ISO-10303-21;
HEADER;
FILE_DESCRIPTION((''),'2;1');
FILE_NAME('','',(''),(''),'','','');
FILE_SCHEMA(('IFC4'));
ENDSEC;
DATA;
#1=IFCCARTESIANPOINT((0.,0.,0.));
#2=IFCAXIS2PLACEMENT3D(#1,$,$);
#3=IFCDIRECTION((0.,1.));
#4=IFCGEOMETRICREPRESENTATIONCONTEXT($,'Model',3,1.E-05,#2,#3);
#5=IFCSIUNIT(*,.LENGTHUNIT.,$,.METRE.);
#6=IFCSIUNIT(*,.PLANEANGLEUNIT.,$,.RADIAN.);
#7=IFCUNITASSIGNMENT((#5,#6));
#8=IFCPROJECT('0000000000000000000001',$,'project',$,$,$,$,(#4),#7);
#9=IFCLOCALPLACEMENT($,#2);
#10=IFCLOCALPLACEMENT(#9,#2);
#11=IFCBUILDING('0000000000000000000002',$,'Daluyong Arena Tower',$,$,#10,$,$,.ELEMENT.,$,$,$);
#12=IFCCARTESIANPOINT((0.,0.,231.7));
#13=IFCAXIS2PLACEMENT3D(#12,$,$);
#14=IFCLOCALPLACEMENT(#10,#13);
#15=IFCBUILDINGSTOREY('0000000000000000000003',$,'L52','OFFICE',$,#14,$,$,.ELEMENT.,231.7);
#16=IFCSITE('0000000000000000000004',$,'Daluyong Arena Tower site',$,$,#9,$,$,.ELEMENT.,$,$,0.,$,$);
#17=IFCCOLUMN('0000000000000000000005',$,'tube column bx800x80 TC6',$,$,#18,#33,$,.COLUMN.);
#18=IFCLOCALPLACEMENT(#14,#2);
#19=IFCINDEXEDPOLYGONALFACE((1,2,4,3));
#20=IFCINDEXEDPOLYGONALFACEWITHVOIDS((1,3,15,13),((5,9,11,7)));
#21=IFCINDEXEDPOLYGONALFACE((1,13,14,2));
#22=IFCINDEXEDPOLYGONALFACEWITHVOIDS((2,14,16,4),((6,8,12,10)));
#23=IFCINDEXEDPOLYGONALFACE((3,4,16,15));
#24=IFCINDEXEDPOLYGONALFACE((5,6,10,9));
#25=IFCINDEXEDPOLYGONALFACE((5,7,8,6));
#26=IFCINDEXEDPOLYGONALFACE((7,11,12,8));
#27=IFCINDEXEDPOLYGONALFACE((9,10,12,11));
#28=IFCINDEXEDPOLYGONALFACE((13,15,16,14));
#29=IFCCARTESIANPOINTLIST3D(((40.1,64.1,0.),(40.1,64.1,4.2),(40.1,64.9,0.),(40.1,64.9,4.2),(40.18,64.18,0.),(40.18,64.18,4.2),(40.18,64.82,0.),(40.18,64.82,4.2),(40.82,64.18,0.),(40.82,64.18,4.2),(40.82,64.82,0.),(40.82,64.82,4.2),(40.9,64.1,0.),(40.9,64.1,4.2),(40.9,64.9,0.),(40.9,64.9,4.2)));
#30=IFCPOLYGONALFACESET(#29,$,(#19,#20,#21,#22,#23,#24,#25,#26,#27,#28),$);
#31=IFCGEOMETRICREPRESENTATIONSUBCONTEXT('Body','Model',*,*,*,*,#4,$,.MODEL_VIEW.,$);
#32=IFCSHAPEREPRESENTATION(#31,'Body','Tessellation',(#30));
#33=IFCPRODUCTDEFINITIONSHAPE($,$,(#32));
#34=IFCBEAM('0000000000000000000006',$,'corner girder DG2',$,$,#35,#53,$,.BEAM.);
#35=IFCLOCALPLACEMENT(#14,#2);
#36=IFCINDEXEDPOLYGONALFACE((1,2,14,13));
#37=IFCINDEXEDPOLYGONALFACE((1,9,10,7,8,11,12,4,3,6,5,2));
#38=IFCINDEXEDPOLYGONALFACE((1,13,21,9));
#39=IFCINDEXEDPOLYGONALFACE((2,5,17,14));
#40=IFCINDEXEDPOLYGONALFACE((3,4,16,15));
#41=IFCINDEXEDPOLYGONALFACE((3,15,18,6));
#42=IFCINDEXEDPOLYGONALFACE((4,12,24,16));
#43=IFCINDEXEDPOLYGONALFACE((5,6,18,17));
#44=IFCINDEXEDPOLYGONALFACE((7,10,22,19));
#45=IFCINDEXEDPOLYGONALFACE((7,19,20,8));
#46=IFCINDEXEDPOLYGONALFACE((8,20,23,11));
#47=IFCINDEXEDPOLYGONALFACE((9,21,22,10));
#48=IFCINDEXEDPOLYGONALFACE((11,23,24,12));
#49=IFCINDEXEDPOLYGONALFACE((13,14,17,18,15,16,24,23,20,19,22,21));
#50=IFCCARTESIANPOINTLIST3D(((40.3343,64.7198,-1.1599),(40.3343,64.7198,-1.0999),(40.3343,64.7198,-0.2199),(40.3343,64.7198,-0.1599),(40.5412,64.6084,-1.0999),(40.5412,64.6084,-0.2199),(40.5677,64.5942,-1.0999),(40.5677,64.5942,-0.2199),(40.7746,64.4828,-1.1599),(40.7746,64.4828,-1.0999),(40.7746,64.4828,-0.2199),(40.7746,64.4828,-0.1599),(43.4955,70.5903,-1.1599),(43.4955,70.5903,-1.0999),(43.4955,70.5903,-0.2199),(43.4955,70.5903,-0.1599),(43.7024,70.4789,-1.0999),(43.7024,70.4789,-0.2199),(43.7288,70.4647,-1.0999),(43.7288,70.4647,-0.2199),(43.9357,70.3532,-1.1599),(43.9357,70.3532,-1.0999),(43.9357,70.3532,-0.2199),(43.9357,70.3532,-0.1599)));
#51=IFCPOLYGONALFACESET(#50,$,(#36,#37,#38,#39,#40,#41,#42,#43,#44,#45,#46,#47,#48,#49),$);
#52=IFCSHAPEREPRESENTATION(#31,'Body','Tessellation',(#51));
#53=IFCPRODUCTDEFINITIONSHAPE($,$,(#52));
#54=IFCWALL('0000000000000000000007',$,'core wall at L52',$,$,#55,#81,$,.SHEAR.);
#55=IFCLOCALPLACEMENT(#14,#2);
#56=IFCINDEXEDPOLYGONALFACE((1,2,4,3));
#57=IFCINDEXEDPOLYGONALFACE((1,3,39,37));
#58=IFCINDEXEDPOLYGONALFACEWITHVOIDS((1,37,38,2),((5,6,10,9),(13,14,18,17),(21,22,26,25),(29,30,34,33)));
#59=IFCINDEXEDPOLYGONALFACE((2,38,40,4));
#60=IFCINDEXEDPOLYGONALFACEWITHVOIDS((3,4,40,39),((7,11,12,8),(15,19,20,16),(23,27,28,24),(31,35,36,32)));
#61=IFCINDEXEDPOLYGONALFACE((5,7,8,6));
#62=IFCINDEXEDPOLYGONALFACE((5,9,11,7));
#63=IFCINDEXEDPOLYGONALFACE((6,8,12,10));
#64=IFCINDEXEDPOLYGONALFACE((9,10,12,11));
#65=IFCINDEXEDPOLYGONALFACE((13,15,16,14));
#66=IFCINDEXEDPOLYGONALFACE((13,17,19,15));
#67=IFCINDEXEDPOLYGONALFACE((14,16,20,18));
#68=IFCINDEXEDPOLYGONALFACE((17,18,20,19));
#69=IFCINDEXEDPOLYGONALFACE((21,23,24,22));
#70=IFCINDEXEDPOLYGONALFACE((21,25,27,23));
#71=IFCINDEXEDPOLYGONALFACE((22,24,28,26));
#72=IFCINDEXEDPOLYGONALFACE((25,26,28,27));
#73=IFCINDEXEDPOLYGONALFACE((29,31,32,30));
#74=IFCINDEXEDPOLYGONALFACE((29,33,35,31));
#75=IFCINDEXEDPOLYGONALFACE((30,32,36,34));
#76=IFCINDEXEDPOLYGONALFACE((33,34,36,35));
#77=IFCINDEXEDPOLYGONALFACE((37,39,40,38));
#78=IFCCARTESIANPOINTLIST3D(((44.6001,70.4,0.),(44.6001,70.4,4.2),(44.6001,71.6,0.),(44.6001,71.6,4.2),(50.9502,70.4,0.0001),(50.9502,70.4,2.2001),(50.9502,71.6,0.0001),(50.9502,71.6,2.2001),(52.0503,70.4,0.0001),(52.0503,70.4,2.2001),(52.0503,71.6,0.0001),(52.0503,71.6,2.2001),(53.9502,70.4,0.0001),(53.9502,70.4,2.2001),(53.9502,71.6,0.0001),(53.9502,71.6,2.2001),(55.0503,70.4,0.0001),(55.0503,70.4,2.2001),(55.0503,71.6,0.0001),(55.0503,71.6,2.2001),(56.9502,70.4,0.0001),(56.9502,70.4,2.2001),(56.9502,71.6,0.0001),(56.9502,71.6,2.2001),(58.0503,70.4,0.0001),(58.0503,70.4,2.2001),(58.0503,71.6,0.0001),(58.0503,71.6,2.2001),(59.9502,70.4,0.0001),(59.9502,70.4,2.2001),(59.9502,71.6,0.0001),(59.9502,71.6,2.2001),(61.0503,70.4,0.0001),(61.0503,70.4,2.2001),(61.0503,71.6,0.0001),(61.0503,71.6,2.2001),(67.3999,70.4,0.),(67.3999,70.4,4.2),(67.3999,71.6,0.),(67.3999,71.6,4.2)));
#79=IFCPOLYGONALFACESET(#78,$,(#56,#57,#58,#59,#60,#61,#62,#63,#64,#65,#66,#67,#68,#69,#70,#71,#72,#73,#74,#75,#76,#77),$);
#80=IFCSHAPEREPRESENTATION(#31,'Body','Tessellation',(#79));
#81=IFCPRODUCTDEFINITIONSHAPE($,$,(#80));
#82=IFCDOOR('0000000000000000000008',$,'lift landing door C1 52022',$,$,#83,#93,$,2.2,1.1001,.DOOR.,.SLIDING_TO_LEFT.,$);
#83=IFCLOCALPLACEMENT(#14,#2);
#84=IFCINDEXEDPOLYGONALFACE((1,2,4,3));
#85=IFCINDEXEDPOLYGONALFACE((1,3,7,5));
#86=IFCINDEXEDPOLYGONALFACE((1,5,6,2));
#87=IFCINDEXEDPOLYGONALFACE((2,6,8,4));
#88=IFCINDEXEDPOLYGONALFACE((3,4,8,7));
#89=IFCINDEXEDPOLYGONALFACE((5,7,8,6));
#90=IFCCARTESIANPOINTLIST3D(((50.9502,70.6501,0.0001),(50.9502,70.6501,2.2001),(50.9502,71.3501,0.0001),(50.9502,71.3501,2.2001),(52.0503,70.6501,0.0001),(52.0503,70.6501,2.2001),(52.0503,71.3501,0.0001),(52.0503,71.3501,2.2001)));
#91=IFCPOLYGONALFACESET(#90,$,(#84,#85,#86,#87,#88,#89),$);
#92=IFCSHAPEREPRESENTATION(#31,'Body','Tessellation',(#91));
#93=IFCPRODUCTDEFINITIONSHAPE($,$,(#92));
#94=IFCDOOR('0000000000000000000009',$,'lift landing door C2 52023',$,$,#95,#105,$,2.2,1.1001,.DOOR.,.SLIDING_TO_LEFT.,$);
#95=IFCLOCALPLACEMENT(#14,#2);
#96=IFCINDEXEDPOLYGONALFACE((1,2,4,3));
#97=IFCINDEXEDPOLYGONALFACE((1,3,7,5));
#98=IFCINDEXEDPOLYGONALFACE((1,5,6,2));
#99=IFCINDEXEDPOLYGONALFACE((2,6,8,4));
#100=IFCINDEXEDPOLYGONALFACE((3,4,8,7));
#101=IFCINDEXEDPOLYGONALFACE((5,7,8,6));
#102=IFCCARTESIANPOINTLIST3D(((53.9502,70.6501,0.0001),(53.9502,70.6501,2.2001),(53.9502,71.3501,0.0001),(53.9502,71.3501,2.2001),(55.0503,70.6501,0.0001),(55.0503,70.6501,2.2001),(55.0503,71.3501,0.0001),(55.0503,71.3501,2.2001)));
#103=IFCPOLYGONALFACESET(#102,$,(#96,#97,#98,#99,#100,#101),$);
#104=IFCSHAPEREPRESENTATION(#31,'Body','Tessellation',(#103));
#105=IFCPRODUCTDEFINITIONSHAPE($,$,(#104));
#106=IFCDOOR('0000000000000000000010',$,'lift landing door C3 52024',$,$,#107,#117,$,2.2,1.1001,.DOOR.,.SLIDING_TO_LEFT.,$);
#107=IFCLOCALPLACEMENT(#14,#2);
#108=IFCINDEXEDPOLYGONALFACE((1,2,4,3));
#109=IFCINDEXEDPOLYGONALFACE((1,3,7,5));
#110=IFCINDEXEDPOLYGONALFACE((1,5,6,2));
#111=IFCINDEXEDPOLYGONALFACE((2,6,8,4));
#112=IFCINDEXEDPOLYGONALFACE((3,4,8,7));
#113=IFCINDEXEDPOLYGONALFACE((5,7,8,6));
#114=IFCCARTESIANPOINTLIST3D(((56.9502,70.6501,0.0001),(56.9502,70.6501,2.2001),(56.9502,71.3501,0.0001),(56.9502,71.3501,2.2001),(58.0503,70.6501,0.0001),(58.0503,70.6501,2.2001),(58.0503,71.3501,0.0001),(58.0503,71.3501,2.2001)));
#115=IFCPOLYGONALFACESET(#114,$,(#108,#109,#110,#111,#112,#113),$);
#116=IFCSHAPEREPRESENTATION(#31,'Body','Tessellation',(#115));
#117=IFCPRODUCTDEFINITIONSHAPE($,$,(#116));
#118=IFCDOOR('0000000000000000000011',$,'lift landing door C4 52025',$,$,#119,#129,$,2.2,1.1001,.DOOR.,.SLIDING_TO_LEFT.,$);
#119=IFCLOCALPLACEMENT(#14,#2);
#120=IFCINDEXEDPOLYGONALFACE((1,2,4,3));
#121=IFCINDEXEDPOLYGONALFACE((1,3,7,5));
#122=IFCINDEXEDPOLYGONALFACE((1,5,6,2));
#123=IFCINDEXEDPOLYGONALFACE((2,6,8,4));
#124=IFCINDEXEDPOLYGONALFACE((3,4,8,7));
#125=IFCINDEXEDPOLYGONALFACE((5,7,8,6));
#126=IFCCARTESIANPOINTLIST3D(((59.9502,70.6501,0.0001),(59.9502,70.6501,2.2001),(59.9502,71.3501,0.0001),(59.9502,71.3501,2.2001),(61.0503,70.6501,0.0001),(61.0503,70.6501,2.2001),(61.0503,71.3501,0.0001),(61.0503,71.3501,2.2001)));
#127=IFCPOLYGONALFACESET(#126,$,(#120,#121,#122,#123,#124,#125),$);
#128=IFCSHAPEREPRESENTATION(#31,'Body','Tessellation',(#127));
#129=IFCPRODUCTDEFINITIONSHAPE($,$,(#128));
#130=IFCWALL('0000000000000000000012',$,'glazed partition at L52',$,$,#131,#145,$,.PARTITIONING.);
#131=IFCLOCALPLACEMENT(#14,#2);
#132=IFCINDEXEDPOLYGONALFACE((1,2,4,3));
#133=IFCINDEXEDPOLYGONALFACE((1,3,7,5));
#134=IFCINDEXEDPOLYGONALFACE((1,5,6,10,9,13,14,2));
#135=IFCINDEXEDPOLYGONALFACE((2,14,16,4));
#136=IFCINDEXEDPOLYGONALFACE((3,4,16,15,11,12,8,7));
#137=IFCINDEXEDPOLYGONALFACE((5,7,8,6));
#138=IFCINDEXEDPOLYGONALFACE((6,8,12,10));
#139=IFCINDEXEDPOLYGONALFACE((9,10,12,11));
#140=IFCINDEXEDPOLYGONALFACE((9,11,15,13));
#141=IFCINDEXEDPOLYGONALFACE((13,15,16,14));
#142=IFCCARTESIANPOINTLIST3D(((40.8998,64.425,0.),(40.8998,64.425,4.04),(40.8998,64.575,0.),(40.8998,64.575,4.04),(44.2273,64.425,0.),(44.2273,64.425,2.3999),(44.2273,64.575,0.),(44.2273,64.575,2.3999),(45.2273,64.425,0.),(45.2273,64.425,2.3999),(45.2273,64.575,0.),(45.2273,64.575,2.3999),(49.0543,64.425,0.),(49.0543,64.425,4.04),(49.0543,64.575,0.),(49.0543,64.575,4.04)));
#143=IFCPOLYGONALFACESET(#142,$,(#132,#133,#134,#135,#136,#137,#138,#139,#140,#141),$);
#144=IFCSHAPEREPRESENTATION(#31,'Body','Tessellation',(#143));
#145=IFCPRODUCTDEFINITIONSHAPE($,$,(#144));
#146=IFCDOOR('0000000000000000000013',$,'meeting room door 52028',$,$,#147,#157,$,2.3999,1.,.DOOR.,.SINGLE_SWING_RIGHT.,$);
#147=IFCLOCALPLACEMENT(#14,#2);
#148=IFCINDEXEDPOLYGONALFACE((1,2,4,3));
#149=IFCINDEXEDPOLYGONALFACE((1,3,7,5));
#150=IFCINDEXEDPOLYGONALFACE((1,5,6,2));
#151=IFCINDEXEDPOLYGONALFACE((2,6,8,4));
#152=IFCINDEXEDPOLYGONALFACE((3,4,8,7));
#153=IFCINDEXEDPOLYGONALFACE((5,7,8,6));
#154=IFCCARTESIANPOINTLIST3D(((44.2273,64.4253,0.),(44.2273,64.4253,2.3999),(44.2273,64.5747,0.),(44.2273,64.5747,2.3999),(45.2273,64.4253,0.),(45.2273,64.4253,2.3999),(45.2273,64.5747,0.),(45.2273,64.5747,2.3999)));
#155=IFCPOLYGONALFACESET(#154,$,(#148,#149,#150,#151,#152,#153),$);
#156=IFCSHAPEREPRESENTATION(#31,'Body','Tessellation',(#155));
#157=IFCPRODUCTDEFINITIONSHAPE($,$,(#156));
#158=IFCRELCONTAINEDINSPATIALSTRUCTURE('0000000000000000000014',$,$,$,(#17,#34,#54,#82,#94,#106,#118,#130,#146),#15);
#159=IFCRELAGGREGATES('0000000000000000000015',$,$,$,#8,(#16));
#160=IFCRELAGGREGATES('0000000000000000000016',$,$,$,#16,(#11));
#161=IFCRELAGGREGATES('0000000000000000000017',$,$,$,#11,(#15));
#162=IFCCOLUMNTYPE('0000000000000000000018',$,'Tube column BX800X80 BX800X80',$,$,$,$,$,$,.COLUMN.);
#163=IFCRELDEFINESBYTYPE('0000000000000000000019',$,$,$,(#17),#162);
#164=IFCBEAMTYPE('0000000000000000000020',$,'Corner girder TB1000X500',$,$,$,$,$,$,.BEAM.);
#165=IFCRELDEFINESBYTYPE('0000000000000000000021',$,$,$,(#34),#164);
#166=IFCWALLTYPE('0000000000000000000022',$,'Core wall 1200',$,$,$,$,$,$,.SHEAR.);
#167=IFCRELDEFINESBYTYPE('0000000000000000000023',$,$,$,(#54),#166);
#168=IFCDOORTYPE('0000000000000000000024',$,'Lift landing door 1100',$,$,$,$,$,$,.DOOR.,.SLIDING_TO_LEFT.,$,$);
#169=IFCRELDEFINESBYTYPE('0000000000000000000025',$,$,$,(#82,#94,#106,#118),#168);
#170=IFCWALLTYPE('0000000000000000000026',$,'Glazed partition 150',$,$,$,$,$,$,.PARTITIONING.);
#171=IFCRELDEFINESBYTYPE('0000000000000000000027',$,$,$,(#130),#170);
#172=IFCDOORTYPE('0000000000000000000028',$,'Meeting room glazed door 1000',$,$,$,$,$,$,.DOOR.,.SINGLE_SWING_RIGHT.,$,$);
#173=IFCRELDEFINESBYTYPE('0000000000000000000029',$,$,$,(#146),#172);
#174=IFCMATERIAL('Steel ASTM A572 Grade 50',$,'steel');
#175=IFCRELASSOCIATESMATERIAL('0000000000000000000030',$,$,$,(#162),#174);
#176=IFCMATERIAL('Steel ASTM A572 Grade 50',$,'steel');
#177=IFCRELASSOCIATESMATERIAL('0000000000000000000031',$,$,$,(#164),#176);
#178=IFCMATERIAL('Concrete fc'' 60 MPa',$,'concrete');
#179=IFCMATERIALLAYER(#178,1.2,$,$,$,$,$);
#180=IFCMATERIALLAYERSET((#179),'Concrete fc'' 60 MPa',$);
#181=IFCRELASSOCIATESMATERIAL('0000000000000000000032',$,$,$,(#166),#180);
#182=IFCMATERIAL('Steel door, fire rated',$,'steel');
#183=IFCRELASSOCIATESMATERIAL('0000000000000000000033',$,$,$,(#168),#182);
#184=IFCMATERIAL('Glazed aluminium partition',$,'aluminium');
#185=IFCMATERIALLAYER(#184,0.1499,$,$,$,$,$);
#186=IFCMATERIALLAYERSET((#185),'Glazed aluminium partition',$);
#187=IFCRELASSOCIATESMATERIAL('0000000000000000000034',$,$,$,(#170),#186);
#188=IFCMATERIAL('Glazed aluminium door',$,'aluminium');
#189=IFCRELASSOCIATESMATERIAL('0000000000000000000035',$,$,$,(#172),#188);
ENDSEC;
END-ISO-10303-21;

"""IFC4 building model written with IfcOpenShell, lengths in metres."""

from ifc_helpers import new_model, si_unit, direction, frame, frame_2d, origin, origin_2d, place, context, subcontext, project, spatial, rectangle, hollow_rectangle, i_section, extrude, material, layer, layer_set, material_profile, profile_set, type_object, element, fill, save


model = new_model("IFC4")

# Units and contexts
model_context = context("Model", 3, precision=1e-05, world=origin(), true_north=direction((0.0, 1.0)))
body_context = subcontext(model_context, "Body", "Model", "MODEL_VIEW")
ifc_project = project(units=[si_unit("LENGTHUNIT", "METRE"), si_unit("PLANEANGLEUNIT", "RADIAN")], contexts=[model_context])

# Site, building, storey
site_placement = place(None, origin())
site = spatial("IfcSite", under=ifc_project, at=site_placement, Name="Daluyong Arena Tower site", CompositionType="ELEMENT", RefElevation=0.0)
building_placement = place(site_placement, origin())
building = spatial("IfcBuilding", under=site, at=building_placement, Name="Daluyong Arena Tower", CompositionType="ELEMENT")
storey_placement = place(building_placement, frame((0.0, 0.0, 231.7)))
storey = spatial("IfcBuildingStorey", under=building, at=storey_placement, Name="L52", Description="OFFICE", CompositionType="ELEMENT", Elevation=231.7)

# Column
ifc_material_1 = material(Name="Steel ASTM A572 Grade 50", Category="steel")
ifc_material_profile_1 = material_profile(ifc_material_1, hollow_rectangle(XDim=0.8, YDim=0.8, WallThickness=0.08, at=origin_2d()))
ifc_profile_set_1 = profile_set([ifc_material_profile_1], Name="Steel ASTM A572 Grade 50")
column_type = type_object("IfcColumnType", Name="Tube column BX800X80 BX800X80", PredefinedType="COLUMN", material=ifc_profile_set_1)
column_placement = place(storey_placement, frame((40.5, 64.5, 0.0), z_axis=(0.0, 0.0, 1.0), x_axis=(0.0, 1.0, 0.0)))
element("IfcColumn", 1, at=column_placement, inside=storey, type_object=column_type, Name="tube column bx800x80 TC6", PredefinedType="COLUMN", context=body_context, shape_type="SweptSolid", body=[
    extrude(hollow_rectangle(XDim=0.8, YDim=0.8, WallThickness=0.08, at=origin_2d()), origin(), (0.0, 0.0, 1.0), 4.2),
])

# Beam
ifc_material_2 = material(Name="Steel ASTM A572 Grade 50", Category="steel")
ifc_material_profile_2 = material_profile(ifc_material_2, i_section(OverallWidth=0.5, OverallDepth=1.0, WebThickness=0.03, FlangeThickness=0.06, at=origin_2d()))
ifc_profile_set_2 = profile_set([ifc_material_profile_2], Name="Steel ASTM A572 Grade 50")
beam_type = type_object("IfcBeamType", Name="Corner girder TB1000X500", PredefinedType="BEAM", material=ifc_profile_set_2)
beam_placement = place(storey_placement, frame((40.5544, 64.6013, -0.6599), z_axis=(0.474119, 0.880461, 0.0), x_axis=(-0.880461, 0.474119, 0.0)))
element("IfcBeam", 2, at=beam_placement, inside=storey, type_object=beam_type, Name="corner girder DG2", PredefinedType="BEAM", context=body_context, shape_type="SweptSolid", body=[
    extrude(i_section(OverallWidth=0.5, OverallDepth=1.0, WebThickness=0.03, FlangeThickness=0.06, at=origin_2d()), origin(), (0.0, 0.0, 1.0), 6.6675),
])

# Shared definitions
ifc_material_3 = material(Name="Concrete fc' 60 MPa", Category="concrete")
ifc_layer_1 = layer(ifc_material_3, 1.2)
ifc_layer_set_1 = layer_set([ifc_layer_1], Name="Concrete fc' 60 MPa")
wall_type_1 = type_object("IfcWallType", Name="Core wall 1200", PredefinedType="SHEAR", material=ifc_layer_set_1)

# Wall, openings, doors
wall_1_placement = place(storey_placement, frame((44.6001, 71.0, 0.0), z_axis=(0.0, 0.0, 1.0), x_axis=(1.0, 0.0, 0.0)))
wall_1 = element("IfcWall", 3, at=wall_1_placement, inside=storey, type_object=wall_type_1, Name="core wall at L52", PredefinedType="SHEAR", context=body_context, shape_type="SweptSolid", body=[
    extrude(rectangle(XDim=22.7998, YDim=1.2, at=frame_2d((11.3999, 0.0))), origin(), (0.0, 0.0, 1.0), 4.2),
])
opening_1_placement = place(wall_1_placement, frame((6.3501, 0.0, 0.0)))
opening_1 = element("IfcOpeningElement", 4, at=opening_1_placement, cuts=wall_1, PredefinedType="OPENING", context=body_context, shape_type="SweptSolid", body=[
    extrude(rectangle(XDim=1.1001, YDim=2.2, at=frame_2d((0.55, 1.1001))), frame((0.0, 0.6099, 0.0), z_axis=(0.0, -1.0, 0.0), x_axis=(1.0, 0.0, 0.0)), (0.0, 0.0, 1.0), 1.22),
])
opening_2_placement = place(wall_1_placement, frame((9.3501, 0.0, 0.0)))
opening_2 = element("IfcOpeningElement", 5, at=opening_2_placement, cuts=wall_1, PredefinedType="OPENING", context=body_context, shape_type="SweptSolid", body=[
    extrude(rectangle(XDim=1.1001, YDim=2.2, at=frame_2d((0.55, 1.1001))), frame((0.0, 0.6099, 0.0), z_axis=(0.0, -1.0, 0.0), x_axis=(1.0, 0.0, 0.0)), (0.0, 0.0, 1.0), 1.22),
])
opening_3_placement = place(wall_1_placement, frame((12.3501, 0.0, 0.0)))
opening_3 = element("IfcOpeningElement", 6, at=opening_3_placement, cuts=wall_1, PredefinedType="OPENING", context=body_context, shape_type="SweptSolid", body=[
    extrude(rectangle(XDim=1.1001, YDim=2.2, at=frame_2d((0.55, 1.1001))), frame((0.0, 0.6099, 0.0), z_axis=(0.0, -1.0, 0.0), x_axis=(1.0, 0.0, 0.0)), (0.0, 0.0, 1.0), 1.22),
])
opening_4_placement = place(wall_1_placement, frame((15.3501, 0.0, 0.0)))
opening_4 = element("IfcOpeningElement", 7, at=opening_4_placement, cuts=wall_1, PredefinedType="OPENING", context=body_context, shape_type="SweptSolid", body=[
    extrude(rectangle(XDim=1.1001, YDim=2.2, at=frame_2d((0.55, 1.1001))), frame((0.0, 0.6099, 0.0), z_axis=(0.0, -1.0, 0.0), x_axis=(1.0, 0.0, 0.0)), (0.0, 0.0, 1.0), 1.22),
])
ifc_material_4 = material(Name="Steel door, fire rated", Category="steel")
door_type_1 = type_object("IfcDoorType", Name="Lift landing door 1100", OperationType="SLIDING_TO_LEFT", PredefinedType="DOOR", material=ifc_material_4)
door_1_placement = place(opening_1_placement, origin())
door_1 = element("IfcDoor", 8, at=door_1_placement, inside=storey, type_object=door_type_1, Name="lift landing door C1 52022", OperationType="SLIDING_TO_LEFT", OverallHeight=2.2, OverallWidth=1.1001, PredefinedType="DOOR", context=body_context, shape_type="SweptSolid", body=[
    extrude(rectangle(XDim=1.1001, YDim=2.2, at=frame_2d((0.55, 1.1001))), frame((0.0, 0.3501, 0.0), z_axis=(0.0, -1.0, 0.0), x_axis=(1.0, 0.0, 0.0)), (0.0, 0.0, 1.0), 0.7),
])
fill(opening_1, door_1)
door_2_placement = place(opening_2_placement, origin())
door_2 = element("IfcDoor", 9, at=door_2_placement, inside=storey, type_object=door_type_1, Name="lift landing door C2 52023", OperationType="SLIDING_TO_LEFT", OverallHeight=2.2, OverallWidth=1.1001, PredefinedType="DOOR", context=body_context, shape_type="SweptSolid", body=[
    extrude(rectangle(XDim=1.1001, YDim=2.2, at=frame_2d((0.55, 1.1001))), frame((0.0, 0.3501, 0.0), z_axis=(0.0, -1.0, 0.0), x_axis=(1.0, 0.0, 0.0)), (0.0, 0.0, 1.0), 0.7),
])
fill(opening_2, door_2)
door_3_placement = place(opening_3_placement, origin())
door_3 = element("IfcDoor", 10, at=door_3_placement, inside=storey, type_object=door_type_1, Name="lift landing door C3 52024", OperationType="SLIDING_TO_LEFT", OverallHeight=2.2, OverallWidth=1.1001, PredefinedType="DOOR", context=body_context, shape_type="SweptSolid", body=[
    extrude(rectangle(XDim=1.1001, YDim=2.2, at=frame_2d((0.55, 1.1001))), frame((0.0, 0.3501, 0.0), z_axis=(0.0, -1.0, 0.0), x_axis=(1.0, 0.0, 0.0)), (0.0, 0.0, 1.0), 0.7),
])
fill(opening_3, door_3)
door_4_placement = place(opening_4_placement, origin())
door_4 = element("IfcDoor", 11, at=door_4_placement, inside=storey, type_object=door_type_1, Name="lift landing door C4 52025", OperationType="SLIDING_TO_LEFT", OverallHeight=2.2, OverallWidth=1.1001, PredefinedType="DOOR", context=body_context, shape_type="SweptSolid", body=[
    extrude(rectangle(XDim=1.1001, YDim=2.2, at=frame_2d((0.55, 1.1001))), frame((0.0, 0.3501, 0.0), z_axis=(0.0, -1.0, 0.0), x_axis=(1.0, 0.0, 0.0)), (0.0, 0.0, 1.0), 0.7),
])
fill(opening_4, door_4)

# Wall, opening, door
ifc_material_5 = material(Name="Glazed aluminium partition", Category="aluminium")
ifc_layer_2 = layer(ifc_material_5, 0.1499)
ifc_layer_set_2 = layer_set([ifc_layer_2], Name="Glazed aluminium partition")
wall_type_2 = type_object("IfcWallType", Name="Glazed partition 150", PredefinedType="PARTITIONING", material=ifc_layer_set_2)
wall_2_placement = place(storey_placement, frame((40.8999, 64.5, 0.0), z_axis=(0.0, 0.0, 1.0), x_axis=(1.0, 0.0, 0.0)))
wall_2 = element("IfcWall", 12, at=wall_2_placement, inside=storey, type_object=wall_type_2, Name="glazed partition at L52", PredefinedType="PARTITIONING", context=body_context, shape_type="SweptSolid", body=[
    extrude(rectangle(XDim=8.1545, YDim=0.1499, at=frame_2d((4.0771, 0.0))), origin(), (0.0, 0.0, 1.0), 4.04),
])
opening_5_placement = place(wall_2_placement, frame((3.3274, 0.0, 0.0)))
opening_5 = element("IfcOpeningElement", 13, at=opening_5_placement, cuts=wall_2, PredefinedType="OPENING", context=body_context, shape_type="SweptSolid", body=[
    extrude(rectangle(XDim=1.0, YDim=2.3999, at=frame_2d((0.5, 1.2))), frame((0.0, 0.085, 0.0), z_axis=(0.0, -1.0, 0.0), x_axis=(1.0, 0.0, 0.0)), (0.0, 0.0, 1.0), 0.1699),
])
ifc_material_6 = material(Name="Glazed aluminium door", Category="aluminium")
door_type_2 = type_object("IfcDoorType", Name="Meeting room glazed door 1000", OperationType="SINGLE_SWING_RIGHT", PredefinedType="DOOR", material=ifc_material_6)
door_5_placement = place(opening_5_placement, origin())
door_5 = element("IfcDoor", 14, at=door_5_placement, inside=storey, type_object=door_type_2, Name="meeting room door 52028", OperationType="SINGLE_SWING_RIGHT", OverallHeight=2.3999, OverallWidth=1.0, PredefinedType="DOOR", context=body_context, shape_type="SweptSolid", body=[
    extrude(rectangle(XDim=1.0, YDim=2.3999, at=frame_2d((0.5, 1.2))), frame((0.0, 0.0747, 0.0), z_axis=(0.0, -1.0, 0.0), x_axis=(1.0, 0.0, 0.0)), (0.0, 0.0, 1.0), 0.1494),
])
fill(opening_5, door_5)

save(model, "model.ifc")
